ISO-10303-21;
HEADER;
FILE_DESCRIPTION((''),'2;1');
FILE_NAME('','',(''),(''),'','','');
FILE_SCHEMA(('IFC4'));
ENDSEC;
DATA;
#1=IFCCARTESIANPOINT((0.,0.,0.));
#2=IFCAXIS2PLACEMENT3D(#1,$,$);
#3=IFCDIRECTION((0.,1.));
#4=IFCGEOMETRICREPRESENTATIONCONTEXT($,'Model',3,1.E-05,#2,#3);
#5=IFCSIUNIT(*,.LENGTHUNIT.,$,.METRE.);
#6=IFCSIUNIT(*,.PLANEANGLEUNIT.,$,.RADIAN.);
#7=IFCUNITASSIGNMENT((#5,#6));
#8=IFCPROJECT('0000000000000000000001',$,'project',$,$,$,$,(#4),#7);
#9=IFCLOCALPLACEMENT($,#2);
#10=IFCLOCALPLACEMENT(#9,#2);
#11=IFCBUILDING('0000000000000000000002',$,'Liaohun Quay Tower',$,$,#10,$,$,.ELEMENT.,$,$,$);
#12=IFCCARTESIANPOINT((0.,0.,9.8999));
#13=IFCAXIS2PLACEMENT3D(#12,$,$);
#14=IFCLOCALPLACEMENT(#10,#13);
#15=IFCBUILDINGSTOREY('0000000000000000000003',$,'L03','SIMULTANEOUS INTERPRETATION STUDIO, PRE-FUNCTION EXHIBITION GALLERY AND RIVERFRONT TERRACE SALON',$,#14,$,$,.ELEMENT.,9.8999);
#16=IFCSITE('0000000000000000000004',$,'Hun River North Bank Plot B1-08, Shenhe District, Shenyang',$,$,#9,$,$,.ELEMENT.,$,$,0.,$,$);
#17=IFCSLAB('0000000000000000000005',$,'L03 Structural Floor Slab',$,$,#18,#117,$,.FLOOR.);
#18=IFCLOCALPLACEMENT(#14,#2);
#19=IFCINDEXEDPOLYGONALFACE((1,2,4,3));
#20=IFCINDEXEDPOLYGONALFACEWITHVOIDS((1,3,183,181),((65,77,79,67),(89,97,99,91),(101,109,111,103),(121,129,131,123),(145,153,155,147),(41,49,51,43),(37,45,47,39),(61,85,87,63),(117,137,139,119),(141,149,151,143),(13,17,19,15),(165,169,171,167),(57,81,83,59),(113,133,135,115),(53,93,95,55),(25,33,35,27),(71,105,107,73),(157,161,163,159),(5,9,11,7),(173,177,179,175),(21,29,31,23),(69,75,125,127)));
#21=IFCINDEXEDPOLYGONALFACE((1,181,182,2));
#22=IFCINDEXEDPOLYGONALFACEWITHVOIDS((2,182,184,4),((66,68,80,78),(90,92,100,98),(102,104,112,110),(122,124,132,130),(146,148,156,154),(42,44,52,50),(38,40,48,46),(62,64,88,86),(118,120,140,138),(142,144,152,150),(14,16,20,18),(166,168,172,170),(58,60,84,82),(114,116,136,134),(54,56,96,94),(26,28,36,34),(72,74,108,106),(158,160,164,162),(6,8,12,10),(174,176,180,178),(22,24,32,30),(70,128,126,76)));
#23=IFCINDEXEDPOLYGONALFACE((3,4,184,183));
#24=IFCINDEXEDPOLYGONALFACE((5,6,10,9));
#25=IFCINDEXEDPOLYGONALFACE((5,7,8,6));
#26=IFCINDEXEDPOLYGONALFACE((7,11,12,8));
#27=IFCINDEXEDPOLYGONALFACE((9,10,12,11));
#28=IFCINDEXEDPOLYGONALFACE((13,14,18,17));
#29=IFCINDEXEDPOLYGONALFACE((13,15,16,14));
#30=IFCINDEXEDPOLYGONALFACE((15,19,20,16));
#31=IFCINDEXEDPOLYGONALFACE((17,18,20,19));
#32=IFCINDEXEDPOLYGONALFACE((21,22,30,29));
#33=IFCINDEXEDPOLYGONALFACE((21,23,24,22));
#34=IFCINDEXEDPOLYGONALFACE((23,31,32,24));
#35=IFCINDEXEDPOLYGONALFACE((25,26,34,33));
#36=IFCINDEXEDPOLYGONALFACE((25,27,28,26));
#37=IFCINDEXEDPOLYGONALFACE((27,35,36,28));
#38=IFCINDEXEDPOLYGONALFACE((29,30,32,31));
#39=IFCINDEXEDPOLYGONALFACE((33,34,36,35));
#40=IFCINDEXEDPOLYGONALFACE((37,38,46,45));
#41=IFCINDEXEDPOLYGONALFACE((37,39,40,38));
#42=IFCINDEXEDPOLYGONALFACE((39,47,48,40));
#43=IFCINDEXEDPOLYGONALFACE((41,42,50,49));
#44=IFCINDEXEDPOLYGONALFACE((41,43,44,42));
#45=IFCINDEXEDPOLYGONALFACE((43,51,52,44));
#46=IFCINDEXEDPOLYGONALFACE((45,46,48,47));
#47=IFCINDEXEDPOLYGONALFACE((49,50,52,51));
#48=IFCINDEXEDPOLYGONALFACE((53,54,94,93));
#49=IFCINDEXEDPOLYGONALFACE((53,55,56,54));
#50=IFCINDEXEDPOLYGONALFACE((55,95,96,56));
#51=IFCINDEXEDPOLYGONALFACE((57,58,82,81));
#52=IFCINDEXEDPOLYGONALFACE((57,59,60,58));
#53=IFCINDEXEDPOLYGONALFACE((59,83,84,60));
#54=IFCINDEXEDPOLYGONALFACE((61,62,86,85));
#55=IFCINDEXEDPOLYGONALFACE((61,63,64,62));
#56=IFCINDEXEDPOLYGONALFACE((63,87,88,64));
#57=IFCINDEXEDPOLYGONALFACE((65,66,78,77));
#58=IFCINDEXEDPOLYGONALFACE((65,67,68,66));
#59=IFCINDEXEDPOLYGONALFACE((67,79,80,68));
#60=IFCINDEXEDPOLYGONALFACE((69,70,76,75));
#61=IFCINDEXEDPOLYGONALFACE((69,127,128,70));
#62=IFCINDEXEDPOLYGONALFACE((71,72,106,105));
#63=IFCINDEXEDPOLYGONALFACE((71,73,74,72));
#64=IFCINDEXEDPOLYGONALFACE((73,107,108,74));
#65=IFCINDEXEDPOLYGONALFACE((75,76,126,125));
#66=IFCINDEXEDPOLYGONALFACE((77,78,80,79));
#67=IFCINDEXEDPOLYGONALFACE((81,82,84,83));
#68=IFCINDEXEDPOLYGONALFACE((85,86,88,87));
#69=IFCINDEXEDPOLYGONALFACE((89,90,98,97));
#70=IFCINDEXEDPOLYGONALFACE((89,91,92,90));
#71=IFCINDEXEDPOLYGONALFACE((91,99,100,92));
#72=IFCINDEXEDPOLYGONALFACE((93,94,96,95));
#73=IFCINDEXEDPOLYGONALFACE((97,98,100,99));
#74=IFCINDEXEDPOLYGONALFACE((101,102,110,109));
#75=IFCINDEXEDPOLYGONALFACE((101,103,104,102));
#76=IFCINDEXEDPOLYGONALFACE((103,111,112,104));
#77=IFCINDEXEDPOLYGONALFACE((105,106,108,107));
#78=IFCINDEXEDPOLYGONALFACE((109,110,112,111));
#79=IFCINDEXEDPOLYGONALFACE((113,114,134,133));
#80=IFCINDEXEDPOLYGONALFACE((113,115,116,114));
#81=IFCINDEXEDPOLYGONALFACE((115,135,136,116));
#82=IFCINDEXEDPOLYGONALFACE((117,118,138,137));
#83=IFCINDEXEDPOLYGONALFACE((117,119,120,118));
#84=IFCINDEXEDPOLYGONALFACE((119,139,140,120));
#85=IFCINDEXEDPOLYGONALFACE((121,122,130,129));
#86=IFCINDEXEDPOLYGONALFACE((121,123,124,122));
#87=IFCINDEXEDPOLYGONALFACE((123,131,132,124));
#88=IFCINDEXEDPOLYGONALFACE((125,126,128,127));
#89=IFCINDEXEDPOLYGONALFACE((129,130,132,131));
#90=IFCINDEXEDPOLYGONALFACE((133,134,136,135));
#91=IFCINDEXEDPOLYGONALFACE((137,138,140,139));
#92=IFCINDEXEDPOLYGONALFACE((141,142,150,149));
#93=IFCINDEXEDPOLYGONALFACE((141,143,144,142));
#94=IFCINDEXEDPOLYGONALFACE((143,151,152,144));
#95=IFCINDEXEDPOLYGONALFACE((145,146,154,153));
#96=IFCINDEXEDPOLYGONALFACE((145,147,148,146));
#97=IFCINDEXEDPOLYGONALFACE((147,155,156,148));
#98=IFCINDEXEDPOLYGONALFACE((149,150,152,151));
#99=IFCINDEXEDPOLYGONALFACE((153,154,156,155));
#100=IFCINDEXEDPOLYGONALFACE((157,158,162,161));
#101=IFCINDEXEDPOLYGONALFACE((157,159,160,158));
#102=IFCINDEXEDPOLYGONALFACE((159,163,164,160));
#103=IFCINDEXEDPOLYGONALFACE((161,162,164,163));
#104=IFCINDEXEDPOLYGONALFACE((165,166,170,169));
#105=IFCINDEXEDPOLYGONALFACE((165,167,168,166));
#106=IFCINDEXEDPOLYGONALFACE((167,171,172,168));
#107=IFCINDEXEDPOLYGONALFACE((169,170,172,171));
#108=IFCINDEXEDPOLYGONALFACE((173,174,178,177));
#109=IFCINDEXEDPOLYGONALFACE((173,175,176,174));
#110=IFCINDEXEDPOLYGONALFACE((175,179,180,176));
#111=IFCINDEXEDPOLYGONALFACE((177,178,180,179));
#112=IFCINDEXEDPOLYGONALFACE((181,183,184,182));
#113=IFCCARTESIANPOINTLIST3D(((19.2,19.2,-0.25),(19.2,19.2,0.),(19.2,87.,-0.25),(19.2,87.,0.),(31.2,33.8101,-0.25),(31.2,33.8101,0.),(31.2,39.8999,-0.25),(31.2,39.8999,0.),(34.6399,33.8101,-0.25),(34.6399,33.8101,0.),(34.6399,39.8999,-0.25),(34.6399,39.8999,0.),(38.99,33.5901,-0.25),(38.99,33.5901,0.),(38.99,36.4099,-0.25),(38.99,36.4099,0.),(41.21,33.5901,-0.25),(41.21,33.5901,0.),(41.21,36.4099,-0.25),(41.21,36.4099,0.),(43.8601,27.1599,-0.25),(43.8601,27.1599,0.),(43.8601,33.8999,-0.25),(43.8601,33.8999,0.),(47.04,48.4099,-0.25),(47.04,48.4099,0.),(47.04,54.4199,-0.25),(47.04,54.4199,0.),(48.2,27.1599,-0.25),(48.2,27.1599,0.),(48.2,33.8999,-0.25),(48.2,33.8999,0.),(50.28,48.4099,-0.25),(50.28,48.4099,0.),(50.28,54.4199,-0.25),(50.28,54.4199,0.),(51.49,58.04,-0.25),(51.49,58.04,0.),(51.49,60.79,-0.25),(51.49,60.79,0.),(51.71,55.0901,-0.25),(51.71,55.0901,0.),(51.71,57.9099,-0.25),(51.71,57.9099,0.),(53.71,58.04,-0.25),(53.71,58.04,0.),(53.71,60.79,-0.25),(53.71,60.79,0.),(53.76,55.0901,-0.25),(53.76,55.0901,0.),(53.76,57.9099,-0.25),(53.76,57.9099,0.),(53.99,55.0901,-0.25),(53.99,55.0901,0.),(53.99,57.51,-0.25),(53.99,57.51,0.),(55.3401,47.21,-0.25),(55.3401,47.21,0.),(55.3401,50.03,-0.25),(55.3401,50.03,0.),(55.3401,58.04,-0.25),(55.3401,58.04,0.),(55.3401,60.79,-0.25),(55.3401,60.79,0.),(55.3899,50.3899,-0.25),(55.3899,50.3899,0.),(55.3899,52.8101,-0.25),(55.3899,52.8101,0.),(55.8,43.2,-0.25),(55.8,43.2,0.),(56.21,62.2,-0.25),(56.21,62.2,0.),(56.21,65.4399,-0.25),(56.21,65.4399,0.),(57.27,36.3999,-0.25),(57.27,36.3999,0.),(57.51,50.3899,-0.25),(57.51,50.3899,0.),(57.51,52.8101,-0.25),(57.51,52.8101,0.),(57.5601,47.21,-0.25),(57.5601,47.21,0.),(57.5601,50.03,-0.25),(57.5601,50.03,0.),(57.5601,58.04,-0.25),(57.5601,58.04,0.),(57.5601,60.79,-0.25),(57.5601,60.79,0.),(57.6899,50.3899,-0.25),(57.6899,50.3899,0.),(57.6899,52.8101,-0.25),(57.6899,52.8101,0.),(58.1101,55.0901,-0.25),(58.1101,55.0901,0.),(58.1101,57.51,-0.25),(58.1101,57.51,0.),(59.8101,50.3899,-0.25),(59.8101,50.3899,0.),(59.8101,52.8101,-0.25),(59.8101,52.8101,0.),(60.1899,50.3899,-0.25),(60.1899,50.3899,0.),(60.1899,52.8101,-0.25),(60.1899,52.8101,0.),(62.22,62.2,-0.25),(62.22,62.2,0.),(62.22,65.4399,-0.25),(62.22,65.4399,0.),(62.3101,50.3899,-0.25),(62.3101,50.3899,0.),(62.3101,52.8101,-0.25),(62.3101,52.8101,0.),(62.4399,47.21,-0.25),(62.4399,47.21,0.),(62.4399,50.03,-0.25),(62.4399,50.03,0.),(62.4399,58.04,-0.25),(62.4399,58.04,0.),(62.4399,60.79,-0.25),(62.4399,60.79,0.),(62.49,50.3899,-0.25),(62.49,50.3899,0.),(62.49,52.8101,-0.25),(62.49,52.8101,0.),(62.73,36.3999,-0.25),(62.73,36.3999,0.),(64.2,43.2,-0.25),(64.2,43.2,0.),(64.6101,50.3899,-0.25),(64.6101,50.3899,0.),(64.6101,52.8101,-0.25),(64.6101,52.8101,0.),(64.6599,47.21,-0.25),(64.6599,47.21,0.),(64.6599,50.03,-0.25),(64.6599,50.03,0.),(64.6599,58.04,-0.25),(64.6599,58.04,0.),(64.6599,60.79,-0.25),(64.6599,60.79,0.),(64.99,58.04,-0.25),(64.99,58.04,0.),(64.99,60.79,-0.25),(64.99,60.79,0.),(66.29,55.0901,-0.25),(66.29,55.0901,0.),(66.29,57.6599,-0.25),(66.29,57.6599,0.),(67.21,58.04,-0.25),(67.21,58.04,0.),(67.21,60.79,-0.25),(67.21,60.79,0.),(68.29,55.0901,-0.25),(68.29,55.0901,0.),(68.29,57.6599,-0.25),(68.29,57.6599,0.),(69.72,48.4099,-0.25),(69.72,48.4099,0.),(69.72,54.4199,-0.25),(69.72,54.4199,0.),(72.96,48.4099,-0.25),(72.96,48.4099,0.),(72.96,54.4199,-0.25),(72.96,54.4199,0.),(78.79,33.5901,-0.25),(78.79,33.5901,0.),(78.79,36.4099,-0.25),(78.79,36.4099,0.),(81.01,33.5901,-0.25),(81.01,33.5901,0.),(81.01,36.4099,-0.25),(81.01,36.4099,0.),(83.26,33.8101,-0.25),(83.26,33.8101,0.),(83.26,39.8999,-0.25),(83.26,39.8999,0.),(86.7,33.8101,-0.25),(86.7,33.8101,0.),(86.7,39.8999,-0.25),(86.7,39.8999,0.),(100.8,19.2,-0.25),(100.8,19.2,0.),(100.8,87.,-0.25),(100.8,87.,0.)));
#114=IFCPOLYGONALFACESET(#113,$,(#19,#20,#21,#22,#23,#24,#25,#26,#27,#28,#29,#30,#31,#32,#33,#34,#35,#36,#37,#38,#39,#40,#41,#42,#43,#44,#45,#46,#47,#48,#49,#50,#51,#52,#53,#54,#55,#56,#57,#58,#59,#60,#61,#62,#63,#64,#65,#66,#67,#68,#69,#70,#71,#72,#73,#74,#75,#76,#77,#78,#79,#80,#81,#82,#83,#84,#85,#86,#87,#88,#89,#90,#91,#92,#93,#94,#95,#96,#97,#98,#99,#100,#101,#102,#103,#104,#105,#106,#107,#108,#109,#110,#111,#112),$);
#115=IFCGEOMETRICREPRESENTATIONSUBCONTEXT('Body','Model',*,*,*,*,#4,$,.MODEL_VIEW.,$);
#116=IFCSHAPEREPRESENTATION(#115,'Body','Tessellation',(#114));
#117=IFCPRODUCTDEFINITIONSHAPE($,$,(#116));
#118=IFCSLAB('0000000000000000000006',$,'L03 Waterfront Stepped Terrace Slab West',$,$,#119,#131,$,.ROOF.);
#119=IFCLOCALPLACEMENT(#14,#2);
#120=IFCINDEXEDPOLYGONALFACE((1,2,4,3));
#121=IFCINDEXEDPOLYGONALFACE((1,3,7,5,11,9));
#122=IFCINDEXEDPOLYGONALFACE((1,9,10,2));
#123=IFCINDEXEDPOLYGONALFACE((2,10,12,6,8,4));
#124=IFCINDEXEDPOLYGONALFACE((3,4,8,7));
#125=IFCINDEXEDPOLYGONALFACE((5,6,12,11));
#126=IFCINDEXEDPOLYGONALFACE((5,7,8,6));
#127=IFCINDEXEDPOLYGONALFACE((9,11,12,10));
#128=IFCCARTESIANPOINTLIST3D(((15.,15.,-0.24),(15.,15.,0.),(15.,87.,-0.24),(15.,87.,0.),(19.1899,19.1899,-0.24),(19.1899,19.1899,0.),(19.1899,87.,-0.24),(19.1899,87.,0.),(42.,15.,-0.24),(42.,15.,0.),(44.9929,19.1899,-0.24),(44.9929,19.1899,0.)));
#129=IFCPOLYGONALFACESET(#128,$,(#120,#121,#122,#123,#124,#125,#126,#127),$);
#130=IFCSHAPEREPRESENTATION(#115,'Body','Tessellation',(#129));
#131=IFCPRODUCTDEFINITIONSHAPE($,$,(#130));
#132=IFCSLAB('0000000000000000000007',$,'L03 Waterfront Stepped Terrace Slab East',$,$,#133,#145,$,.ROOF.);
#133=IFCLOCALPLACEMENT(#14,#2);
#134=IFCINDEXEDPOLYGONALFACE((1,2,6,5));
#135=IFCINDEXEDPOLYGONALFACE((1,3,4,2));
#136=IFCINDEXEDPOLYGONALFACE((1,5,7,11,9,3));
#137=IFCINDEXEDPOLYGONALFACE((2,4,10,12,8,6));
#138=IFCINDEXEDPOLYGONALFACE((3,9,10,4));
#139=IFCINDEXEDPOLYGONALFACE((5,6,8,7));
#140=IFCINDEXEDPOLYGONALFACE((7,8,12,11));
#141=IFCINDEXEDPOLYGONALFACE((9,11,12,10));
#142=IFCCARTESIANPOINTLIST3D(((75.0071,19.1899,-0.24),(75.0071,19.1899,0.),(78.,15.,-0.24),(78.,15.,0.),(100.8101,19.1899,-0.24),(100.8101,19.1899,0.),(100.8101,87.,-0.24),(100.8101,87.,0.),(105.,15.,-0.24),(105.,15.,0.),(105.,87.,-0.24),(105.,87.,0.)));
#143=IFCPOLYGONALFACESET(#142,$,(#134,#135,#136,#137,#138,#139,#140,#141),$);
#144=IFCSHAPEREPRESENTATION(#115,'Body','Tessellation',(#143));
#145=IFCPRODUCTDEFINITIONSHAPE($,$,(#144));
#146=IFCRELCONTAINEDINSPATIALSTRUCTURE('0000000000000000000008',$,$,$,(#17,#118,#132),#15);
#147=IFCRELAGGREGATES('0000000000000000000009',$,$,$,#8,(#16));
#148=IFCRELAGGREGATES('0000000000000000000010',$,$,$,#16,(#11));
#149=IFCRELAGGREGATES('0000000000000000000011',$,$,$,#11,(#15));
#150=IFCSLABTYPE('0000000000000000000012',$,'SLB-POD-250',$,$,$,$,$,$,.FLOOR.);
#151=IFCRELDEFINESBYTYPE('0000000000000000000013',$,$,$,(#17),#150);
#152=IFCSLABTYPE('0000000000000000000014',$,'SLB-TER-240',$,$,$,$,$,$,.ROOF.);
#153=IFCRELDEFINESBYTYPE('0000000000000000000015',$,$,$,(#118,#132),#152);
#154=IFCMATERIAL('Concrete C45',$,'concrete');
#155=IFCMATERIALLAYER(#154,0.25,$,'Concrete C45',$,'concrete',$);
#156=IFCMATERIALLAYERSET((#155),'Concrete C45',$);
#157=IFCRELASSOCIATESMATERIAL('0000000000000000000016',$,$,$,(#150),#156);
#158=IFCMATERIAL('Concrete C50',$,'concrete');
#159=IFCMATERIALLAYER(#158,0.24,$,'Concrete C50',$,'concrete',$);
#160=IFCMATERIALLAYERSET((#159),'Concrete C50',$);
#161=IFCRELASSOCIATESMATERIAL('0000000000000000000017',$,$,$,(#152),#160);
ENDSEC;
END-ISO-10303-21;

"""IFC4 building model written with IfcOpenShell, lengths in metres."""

from ifc_helpers import new_model, si_unit, direction, frame, origin, place, context, subcontext, project, spatial, polyline, outline, extrude, material, layer, layer_set, type_object, element, save


model = new_model("IFC4")

# Units and contexts
model_context = context("Model", 3, precision=1e-05, world=origin(), true_north=direction((0.0, 1.0)))
body_context = subcontext(model_context, "Body", "Model", "MODEL_VIEW")
ifc_project = project(units=[si_unit("LENGTHUNIT", "METRE"), si_unit("PLANEANGLEUNIT", "RADIAN")], contexts=[model_context])

# Site, building, storey
site_placement = place(None, origin())
site = spatial("IfcSite", under=ifc_project, at=site_placement, Name="Hun River North Bank Plot B1-08, Shenhe District, Shenyang", CompositionType="ELEMENT", RefElevation=0.0)
building_placement = place(site_placement, origin())
building = spatial("IfcBuilding", under=site, at=building_placement, Name="Liaohun Quay Tower", CompositionType="ELEMENT")
storey_placement = place(building_placement, frame((0.0, 0.0, 9.8999)))
storey = spatial("IfcBuildingStorey", under=building, at=storey_placement, Name="L03", Description="SIMULTANEOUS INTERPRETATION STUDIO, PRE-FUNCTION EXHIBITION GALLERY AND RIVERFRONT TERRACE SALON", CompositionType="ELEMENT", Elevation=9.8999)

# Shared definitions
ifc_material_1 = material(Name="Concrete C45", Category="concrete")

# Slabs
ifc_layer_1 = layer(ifc_material_1, 0.25, Name="Concrete C45", Category="concrete")
ifc_layer_set_1 = layer_set([ifc_layer_1], Name="Concrete C45")
slab_type_1 = type_object("IfcSlabType", Name="SLB-POD-250", PredefinedType="FLOOR", material=ifc_layer_set_1)
slab_1_placement = place(storey_placement, frame((0.0, 0.0, -0.25)))
element("IfcSlab", 1, at=slab_1_placement, inside=storey, type_object=slab_type_1, Name="L03 Structural Floor Slab", PredefinedType="FLOOR", context=body_context, shape_type="SweptSolid", body=[
    extrude(outline(polyline([(19.2, 19.2), (100.8, 19.2), (100.8, 87.0), (19.2, 87.0), (19.2, 19.2)]), holes=[polyline([(48.2, 33.8999), (43.8601, 33.8999), (43.8601, 27.1599), (48.2, 27.1599), (48.2, 33.8999)]), polyline([(41.21, 33.5901), (41.21, 36.4099), (38.99, 36.4099), (38.99, 33.5901), (41.21, 33.5901)]), polyline([(34.6399, 39.8999), (31.2, 39.8999), (31.2, 33.8101), (34.6399, 33.8101), (34.6399, 39.8999)]), polyline([(55.3401, 47.21), (57.5601, 47.21), (57.5601, 50.03), (55.3401, 50.03), (55.3401, 47.21)]), polyline([(50.28, 48.4099), (50.28, 54.4199), (47.04, 54.4199), (47.04, 48.4099), (50.28, 48.4099)]), polyline([(57.51, 50.3899), (57.51, 52.8101), (55.3899, 52.8101), (55.3899, 50.3899), (57.51, 50.3899)]), polyline([(57.6899, 50.3899), (59.8101, 50.3899), (59.8101, 52.8101), (57.6899, 52.8101), (57.6899, 50.3899)]), polyline([(53.99, 55.0901), (58.1101, 55.0901), (58.1101, 57.51), (53.99, 57.51), (53.99, 55.0901)]), polyline([(51.71, 55.0901), (53.76, 55.0901), (53.76, 57.9099), (51.71, 57.9099), (51.71, 55.0901)]), polyline([(51.49, 58.04), (53.71, 58.04), (53.71, 60.79), (51.49, 60.79), (51.49, 58.04)]), polyline([(57.5601, 58.04), (57.5601, 60.79), (55.3401, 60.79), (55.3401, 58.04), (57.5601, 58.04)]), polyline([(78.79, 33.5901), (81.01, 33.5901), (81.01, 36.4099), (78.79, 36.4099), (78.79, 33.5901)]), polyline([(86.7, 33.8101), (86.7, 39.8999), (83.26, 39.8999), (83.26, 33.8101), (86.7, 33.8101)]), polyline([(62.73, 36.3999), (64.2, 43.2), (55.8, 43.2), (57.27, 36.3999), (62.73, 36.3999)]), polyline([(62.4399, 47.21), (64.6599, 47.21), (64.6599, 50.03), (62.4399, 50.03), (62.4399, 47.21)]), polyline([(72.96, 48.4099), (72.96, 54.4199), (69.72, 54.4199), (69.72, 48.4099), (72.96, 48.4099)]), polyline([(62.3101, 50.3899), (62.3101, 52.8101), (60.1899, 52.8101), (60.1899, 50.3899), (62.3101, 50.3899)]), polyline([(62.49, 50.3899), (64.6101, 50.3899), (64.6101, 52.8101), (62.49, 52.8101), (62.49, 50.3899)]), polyline([(66.29, 55.0901), (68.29, 55.0901), (68.29, 57.6599), (66.29, 57.6599), (66.29, 55.0901)]), polyline([(64.6599, 58.04), (64.6599, 60.79), (62.4399, 60.79), (62.4399, 58.04), (64.6599, 58.04)]), polyline([(64.99, 58.04), (67.21, 58.04), (67.21, 60.79), (64.99, 60.79), (64.99, 58.04)]), polyline([(56.21, 62.2), (62.22, 62.2), (62.22, 65.4399), (56.21, 65.4399), (56.21, 62.2)])]), origin(), (0.0, 0.0, 1.0), 0.25),
])
ifc_material_2 = material(Name="Concrete C50", Category="concrete")
ifc_layer_2 = layer(ifc_material_2, 0.24, Name="Concrete C50", Category="concrete")
ifc_layer_set_2 = layer_set([ifc_layer_2], Name="Concrete C50")
slab_type_2 = type_object("IfcSlabType", Name="SLB-TER-240", PredefinedType="ROOF", material=ifc_layer_set_2)
slab_2_placement = place(storey_placement, frame((0.0, 0.0, -0.24)))
element("IfcSlab", 2, at=slab_2_placement, inside=storey, type_object=slab_type_2, Name="L03 Waterfront Stepped Terrace Slab West", PredefinedType="ROOF", context=body_context, shape_type="SweptSolid", body=[
    extrude(outline(polyline([(44.9929, 19.1899), (19.1899, 19.1899), (19.1899, 87.0), (15.0, 87.0), (15.0, 15.0), (42.0, 15.0), (44.9929, 19.1899)])), origin(), (0.0, 0.0, 1.0), 0.24),
])
slab_3_placement = place(storey_placement, frame((0.0, 0.0, -0.24)))
element("IfcSlab", 3, at=slab_3_placement, inside=storey, type_object=slab_type_2, Name="L03 Waterfront Stepped Terrace Slab East", PredefinedType="ROOF", context=body_context, shape_type="SweptSolid", body=[
    extrude(outline(polyline([(100.8101, 87.0), (100.8101, 19.1899), (75.0071, 19.1899), (78.0, 15.0), (105.0, 15.0), (105.0, 87.0), (100.8101, 87.0)])), origin(), (0.0, 0.0, 1.0), 0.24),
])

save(model, "model.ifc")
